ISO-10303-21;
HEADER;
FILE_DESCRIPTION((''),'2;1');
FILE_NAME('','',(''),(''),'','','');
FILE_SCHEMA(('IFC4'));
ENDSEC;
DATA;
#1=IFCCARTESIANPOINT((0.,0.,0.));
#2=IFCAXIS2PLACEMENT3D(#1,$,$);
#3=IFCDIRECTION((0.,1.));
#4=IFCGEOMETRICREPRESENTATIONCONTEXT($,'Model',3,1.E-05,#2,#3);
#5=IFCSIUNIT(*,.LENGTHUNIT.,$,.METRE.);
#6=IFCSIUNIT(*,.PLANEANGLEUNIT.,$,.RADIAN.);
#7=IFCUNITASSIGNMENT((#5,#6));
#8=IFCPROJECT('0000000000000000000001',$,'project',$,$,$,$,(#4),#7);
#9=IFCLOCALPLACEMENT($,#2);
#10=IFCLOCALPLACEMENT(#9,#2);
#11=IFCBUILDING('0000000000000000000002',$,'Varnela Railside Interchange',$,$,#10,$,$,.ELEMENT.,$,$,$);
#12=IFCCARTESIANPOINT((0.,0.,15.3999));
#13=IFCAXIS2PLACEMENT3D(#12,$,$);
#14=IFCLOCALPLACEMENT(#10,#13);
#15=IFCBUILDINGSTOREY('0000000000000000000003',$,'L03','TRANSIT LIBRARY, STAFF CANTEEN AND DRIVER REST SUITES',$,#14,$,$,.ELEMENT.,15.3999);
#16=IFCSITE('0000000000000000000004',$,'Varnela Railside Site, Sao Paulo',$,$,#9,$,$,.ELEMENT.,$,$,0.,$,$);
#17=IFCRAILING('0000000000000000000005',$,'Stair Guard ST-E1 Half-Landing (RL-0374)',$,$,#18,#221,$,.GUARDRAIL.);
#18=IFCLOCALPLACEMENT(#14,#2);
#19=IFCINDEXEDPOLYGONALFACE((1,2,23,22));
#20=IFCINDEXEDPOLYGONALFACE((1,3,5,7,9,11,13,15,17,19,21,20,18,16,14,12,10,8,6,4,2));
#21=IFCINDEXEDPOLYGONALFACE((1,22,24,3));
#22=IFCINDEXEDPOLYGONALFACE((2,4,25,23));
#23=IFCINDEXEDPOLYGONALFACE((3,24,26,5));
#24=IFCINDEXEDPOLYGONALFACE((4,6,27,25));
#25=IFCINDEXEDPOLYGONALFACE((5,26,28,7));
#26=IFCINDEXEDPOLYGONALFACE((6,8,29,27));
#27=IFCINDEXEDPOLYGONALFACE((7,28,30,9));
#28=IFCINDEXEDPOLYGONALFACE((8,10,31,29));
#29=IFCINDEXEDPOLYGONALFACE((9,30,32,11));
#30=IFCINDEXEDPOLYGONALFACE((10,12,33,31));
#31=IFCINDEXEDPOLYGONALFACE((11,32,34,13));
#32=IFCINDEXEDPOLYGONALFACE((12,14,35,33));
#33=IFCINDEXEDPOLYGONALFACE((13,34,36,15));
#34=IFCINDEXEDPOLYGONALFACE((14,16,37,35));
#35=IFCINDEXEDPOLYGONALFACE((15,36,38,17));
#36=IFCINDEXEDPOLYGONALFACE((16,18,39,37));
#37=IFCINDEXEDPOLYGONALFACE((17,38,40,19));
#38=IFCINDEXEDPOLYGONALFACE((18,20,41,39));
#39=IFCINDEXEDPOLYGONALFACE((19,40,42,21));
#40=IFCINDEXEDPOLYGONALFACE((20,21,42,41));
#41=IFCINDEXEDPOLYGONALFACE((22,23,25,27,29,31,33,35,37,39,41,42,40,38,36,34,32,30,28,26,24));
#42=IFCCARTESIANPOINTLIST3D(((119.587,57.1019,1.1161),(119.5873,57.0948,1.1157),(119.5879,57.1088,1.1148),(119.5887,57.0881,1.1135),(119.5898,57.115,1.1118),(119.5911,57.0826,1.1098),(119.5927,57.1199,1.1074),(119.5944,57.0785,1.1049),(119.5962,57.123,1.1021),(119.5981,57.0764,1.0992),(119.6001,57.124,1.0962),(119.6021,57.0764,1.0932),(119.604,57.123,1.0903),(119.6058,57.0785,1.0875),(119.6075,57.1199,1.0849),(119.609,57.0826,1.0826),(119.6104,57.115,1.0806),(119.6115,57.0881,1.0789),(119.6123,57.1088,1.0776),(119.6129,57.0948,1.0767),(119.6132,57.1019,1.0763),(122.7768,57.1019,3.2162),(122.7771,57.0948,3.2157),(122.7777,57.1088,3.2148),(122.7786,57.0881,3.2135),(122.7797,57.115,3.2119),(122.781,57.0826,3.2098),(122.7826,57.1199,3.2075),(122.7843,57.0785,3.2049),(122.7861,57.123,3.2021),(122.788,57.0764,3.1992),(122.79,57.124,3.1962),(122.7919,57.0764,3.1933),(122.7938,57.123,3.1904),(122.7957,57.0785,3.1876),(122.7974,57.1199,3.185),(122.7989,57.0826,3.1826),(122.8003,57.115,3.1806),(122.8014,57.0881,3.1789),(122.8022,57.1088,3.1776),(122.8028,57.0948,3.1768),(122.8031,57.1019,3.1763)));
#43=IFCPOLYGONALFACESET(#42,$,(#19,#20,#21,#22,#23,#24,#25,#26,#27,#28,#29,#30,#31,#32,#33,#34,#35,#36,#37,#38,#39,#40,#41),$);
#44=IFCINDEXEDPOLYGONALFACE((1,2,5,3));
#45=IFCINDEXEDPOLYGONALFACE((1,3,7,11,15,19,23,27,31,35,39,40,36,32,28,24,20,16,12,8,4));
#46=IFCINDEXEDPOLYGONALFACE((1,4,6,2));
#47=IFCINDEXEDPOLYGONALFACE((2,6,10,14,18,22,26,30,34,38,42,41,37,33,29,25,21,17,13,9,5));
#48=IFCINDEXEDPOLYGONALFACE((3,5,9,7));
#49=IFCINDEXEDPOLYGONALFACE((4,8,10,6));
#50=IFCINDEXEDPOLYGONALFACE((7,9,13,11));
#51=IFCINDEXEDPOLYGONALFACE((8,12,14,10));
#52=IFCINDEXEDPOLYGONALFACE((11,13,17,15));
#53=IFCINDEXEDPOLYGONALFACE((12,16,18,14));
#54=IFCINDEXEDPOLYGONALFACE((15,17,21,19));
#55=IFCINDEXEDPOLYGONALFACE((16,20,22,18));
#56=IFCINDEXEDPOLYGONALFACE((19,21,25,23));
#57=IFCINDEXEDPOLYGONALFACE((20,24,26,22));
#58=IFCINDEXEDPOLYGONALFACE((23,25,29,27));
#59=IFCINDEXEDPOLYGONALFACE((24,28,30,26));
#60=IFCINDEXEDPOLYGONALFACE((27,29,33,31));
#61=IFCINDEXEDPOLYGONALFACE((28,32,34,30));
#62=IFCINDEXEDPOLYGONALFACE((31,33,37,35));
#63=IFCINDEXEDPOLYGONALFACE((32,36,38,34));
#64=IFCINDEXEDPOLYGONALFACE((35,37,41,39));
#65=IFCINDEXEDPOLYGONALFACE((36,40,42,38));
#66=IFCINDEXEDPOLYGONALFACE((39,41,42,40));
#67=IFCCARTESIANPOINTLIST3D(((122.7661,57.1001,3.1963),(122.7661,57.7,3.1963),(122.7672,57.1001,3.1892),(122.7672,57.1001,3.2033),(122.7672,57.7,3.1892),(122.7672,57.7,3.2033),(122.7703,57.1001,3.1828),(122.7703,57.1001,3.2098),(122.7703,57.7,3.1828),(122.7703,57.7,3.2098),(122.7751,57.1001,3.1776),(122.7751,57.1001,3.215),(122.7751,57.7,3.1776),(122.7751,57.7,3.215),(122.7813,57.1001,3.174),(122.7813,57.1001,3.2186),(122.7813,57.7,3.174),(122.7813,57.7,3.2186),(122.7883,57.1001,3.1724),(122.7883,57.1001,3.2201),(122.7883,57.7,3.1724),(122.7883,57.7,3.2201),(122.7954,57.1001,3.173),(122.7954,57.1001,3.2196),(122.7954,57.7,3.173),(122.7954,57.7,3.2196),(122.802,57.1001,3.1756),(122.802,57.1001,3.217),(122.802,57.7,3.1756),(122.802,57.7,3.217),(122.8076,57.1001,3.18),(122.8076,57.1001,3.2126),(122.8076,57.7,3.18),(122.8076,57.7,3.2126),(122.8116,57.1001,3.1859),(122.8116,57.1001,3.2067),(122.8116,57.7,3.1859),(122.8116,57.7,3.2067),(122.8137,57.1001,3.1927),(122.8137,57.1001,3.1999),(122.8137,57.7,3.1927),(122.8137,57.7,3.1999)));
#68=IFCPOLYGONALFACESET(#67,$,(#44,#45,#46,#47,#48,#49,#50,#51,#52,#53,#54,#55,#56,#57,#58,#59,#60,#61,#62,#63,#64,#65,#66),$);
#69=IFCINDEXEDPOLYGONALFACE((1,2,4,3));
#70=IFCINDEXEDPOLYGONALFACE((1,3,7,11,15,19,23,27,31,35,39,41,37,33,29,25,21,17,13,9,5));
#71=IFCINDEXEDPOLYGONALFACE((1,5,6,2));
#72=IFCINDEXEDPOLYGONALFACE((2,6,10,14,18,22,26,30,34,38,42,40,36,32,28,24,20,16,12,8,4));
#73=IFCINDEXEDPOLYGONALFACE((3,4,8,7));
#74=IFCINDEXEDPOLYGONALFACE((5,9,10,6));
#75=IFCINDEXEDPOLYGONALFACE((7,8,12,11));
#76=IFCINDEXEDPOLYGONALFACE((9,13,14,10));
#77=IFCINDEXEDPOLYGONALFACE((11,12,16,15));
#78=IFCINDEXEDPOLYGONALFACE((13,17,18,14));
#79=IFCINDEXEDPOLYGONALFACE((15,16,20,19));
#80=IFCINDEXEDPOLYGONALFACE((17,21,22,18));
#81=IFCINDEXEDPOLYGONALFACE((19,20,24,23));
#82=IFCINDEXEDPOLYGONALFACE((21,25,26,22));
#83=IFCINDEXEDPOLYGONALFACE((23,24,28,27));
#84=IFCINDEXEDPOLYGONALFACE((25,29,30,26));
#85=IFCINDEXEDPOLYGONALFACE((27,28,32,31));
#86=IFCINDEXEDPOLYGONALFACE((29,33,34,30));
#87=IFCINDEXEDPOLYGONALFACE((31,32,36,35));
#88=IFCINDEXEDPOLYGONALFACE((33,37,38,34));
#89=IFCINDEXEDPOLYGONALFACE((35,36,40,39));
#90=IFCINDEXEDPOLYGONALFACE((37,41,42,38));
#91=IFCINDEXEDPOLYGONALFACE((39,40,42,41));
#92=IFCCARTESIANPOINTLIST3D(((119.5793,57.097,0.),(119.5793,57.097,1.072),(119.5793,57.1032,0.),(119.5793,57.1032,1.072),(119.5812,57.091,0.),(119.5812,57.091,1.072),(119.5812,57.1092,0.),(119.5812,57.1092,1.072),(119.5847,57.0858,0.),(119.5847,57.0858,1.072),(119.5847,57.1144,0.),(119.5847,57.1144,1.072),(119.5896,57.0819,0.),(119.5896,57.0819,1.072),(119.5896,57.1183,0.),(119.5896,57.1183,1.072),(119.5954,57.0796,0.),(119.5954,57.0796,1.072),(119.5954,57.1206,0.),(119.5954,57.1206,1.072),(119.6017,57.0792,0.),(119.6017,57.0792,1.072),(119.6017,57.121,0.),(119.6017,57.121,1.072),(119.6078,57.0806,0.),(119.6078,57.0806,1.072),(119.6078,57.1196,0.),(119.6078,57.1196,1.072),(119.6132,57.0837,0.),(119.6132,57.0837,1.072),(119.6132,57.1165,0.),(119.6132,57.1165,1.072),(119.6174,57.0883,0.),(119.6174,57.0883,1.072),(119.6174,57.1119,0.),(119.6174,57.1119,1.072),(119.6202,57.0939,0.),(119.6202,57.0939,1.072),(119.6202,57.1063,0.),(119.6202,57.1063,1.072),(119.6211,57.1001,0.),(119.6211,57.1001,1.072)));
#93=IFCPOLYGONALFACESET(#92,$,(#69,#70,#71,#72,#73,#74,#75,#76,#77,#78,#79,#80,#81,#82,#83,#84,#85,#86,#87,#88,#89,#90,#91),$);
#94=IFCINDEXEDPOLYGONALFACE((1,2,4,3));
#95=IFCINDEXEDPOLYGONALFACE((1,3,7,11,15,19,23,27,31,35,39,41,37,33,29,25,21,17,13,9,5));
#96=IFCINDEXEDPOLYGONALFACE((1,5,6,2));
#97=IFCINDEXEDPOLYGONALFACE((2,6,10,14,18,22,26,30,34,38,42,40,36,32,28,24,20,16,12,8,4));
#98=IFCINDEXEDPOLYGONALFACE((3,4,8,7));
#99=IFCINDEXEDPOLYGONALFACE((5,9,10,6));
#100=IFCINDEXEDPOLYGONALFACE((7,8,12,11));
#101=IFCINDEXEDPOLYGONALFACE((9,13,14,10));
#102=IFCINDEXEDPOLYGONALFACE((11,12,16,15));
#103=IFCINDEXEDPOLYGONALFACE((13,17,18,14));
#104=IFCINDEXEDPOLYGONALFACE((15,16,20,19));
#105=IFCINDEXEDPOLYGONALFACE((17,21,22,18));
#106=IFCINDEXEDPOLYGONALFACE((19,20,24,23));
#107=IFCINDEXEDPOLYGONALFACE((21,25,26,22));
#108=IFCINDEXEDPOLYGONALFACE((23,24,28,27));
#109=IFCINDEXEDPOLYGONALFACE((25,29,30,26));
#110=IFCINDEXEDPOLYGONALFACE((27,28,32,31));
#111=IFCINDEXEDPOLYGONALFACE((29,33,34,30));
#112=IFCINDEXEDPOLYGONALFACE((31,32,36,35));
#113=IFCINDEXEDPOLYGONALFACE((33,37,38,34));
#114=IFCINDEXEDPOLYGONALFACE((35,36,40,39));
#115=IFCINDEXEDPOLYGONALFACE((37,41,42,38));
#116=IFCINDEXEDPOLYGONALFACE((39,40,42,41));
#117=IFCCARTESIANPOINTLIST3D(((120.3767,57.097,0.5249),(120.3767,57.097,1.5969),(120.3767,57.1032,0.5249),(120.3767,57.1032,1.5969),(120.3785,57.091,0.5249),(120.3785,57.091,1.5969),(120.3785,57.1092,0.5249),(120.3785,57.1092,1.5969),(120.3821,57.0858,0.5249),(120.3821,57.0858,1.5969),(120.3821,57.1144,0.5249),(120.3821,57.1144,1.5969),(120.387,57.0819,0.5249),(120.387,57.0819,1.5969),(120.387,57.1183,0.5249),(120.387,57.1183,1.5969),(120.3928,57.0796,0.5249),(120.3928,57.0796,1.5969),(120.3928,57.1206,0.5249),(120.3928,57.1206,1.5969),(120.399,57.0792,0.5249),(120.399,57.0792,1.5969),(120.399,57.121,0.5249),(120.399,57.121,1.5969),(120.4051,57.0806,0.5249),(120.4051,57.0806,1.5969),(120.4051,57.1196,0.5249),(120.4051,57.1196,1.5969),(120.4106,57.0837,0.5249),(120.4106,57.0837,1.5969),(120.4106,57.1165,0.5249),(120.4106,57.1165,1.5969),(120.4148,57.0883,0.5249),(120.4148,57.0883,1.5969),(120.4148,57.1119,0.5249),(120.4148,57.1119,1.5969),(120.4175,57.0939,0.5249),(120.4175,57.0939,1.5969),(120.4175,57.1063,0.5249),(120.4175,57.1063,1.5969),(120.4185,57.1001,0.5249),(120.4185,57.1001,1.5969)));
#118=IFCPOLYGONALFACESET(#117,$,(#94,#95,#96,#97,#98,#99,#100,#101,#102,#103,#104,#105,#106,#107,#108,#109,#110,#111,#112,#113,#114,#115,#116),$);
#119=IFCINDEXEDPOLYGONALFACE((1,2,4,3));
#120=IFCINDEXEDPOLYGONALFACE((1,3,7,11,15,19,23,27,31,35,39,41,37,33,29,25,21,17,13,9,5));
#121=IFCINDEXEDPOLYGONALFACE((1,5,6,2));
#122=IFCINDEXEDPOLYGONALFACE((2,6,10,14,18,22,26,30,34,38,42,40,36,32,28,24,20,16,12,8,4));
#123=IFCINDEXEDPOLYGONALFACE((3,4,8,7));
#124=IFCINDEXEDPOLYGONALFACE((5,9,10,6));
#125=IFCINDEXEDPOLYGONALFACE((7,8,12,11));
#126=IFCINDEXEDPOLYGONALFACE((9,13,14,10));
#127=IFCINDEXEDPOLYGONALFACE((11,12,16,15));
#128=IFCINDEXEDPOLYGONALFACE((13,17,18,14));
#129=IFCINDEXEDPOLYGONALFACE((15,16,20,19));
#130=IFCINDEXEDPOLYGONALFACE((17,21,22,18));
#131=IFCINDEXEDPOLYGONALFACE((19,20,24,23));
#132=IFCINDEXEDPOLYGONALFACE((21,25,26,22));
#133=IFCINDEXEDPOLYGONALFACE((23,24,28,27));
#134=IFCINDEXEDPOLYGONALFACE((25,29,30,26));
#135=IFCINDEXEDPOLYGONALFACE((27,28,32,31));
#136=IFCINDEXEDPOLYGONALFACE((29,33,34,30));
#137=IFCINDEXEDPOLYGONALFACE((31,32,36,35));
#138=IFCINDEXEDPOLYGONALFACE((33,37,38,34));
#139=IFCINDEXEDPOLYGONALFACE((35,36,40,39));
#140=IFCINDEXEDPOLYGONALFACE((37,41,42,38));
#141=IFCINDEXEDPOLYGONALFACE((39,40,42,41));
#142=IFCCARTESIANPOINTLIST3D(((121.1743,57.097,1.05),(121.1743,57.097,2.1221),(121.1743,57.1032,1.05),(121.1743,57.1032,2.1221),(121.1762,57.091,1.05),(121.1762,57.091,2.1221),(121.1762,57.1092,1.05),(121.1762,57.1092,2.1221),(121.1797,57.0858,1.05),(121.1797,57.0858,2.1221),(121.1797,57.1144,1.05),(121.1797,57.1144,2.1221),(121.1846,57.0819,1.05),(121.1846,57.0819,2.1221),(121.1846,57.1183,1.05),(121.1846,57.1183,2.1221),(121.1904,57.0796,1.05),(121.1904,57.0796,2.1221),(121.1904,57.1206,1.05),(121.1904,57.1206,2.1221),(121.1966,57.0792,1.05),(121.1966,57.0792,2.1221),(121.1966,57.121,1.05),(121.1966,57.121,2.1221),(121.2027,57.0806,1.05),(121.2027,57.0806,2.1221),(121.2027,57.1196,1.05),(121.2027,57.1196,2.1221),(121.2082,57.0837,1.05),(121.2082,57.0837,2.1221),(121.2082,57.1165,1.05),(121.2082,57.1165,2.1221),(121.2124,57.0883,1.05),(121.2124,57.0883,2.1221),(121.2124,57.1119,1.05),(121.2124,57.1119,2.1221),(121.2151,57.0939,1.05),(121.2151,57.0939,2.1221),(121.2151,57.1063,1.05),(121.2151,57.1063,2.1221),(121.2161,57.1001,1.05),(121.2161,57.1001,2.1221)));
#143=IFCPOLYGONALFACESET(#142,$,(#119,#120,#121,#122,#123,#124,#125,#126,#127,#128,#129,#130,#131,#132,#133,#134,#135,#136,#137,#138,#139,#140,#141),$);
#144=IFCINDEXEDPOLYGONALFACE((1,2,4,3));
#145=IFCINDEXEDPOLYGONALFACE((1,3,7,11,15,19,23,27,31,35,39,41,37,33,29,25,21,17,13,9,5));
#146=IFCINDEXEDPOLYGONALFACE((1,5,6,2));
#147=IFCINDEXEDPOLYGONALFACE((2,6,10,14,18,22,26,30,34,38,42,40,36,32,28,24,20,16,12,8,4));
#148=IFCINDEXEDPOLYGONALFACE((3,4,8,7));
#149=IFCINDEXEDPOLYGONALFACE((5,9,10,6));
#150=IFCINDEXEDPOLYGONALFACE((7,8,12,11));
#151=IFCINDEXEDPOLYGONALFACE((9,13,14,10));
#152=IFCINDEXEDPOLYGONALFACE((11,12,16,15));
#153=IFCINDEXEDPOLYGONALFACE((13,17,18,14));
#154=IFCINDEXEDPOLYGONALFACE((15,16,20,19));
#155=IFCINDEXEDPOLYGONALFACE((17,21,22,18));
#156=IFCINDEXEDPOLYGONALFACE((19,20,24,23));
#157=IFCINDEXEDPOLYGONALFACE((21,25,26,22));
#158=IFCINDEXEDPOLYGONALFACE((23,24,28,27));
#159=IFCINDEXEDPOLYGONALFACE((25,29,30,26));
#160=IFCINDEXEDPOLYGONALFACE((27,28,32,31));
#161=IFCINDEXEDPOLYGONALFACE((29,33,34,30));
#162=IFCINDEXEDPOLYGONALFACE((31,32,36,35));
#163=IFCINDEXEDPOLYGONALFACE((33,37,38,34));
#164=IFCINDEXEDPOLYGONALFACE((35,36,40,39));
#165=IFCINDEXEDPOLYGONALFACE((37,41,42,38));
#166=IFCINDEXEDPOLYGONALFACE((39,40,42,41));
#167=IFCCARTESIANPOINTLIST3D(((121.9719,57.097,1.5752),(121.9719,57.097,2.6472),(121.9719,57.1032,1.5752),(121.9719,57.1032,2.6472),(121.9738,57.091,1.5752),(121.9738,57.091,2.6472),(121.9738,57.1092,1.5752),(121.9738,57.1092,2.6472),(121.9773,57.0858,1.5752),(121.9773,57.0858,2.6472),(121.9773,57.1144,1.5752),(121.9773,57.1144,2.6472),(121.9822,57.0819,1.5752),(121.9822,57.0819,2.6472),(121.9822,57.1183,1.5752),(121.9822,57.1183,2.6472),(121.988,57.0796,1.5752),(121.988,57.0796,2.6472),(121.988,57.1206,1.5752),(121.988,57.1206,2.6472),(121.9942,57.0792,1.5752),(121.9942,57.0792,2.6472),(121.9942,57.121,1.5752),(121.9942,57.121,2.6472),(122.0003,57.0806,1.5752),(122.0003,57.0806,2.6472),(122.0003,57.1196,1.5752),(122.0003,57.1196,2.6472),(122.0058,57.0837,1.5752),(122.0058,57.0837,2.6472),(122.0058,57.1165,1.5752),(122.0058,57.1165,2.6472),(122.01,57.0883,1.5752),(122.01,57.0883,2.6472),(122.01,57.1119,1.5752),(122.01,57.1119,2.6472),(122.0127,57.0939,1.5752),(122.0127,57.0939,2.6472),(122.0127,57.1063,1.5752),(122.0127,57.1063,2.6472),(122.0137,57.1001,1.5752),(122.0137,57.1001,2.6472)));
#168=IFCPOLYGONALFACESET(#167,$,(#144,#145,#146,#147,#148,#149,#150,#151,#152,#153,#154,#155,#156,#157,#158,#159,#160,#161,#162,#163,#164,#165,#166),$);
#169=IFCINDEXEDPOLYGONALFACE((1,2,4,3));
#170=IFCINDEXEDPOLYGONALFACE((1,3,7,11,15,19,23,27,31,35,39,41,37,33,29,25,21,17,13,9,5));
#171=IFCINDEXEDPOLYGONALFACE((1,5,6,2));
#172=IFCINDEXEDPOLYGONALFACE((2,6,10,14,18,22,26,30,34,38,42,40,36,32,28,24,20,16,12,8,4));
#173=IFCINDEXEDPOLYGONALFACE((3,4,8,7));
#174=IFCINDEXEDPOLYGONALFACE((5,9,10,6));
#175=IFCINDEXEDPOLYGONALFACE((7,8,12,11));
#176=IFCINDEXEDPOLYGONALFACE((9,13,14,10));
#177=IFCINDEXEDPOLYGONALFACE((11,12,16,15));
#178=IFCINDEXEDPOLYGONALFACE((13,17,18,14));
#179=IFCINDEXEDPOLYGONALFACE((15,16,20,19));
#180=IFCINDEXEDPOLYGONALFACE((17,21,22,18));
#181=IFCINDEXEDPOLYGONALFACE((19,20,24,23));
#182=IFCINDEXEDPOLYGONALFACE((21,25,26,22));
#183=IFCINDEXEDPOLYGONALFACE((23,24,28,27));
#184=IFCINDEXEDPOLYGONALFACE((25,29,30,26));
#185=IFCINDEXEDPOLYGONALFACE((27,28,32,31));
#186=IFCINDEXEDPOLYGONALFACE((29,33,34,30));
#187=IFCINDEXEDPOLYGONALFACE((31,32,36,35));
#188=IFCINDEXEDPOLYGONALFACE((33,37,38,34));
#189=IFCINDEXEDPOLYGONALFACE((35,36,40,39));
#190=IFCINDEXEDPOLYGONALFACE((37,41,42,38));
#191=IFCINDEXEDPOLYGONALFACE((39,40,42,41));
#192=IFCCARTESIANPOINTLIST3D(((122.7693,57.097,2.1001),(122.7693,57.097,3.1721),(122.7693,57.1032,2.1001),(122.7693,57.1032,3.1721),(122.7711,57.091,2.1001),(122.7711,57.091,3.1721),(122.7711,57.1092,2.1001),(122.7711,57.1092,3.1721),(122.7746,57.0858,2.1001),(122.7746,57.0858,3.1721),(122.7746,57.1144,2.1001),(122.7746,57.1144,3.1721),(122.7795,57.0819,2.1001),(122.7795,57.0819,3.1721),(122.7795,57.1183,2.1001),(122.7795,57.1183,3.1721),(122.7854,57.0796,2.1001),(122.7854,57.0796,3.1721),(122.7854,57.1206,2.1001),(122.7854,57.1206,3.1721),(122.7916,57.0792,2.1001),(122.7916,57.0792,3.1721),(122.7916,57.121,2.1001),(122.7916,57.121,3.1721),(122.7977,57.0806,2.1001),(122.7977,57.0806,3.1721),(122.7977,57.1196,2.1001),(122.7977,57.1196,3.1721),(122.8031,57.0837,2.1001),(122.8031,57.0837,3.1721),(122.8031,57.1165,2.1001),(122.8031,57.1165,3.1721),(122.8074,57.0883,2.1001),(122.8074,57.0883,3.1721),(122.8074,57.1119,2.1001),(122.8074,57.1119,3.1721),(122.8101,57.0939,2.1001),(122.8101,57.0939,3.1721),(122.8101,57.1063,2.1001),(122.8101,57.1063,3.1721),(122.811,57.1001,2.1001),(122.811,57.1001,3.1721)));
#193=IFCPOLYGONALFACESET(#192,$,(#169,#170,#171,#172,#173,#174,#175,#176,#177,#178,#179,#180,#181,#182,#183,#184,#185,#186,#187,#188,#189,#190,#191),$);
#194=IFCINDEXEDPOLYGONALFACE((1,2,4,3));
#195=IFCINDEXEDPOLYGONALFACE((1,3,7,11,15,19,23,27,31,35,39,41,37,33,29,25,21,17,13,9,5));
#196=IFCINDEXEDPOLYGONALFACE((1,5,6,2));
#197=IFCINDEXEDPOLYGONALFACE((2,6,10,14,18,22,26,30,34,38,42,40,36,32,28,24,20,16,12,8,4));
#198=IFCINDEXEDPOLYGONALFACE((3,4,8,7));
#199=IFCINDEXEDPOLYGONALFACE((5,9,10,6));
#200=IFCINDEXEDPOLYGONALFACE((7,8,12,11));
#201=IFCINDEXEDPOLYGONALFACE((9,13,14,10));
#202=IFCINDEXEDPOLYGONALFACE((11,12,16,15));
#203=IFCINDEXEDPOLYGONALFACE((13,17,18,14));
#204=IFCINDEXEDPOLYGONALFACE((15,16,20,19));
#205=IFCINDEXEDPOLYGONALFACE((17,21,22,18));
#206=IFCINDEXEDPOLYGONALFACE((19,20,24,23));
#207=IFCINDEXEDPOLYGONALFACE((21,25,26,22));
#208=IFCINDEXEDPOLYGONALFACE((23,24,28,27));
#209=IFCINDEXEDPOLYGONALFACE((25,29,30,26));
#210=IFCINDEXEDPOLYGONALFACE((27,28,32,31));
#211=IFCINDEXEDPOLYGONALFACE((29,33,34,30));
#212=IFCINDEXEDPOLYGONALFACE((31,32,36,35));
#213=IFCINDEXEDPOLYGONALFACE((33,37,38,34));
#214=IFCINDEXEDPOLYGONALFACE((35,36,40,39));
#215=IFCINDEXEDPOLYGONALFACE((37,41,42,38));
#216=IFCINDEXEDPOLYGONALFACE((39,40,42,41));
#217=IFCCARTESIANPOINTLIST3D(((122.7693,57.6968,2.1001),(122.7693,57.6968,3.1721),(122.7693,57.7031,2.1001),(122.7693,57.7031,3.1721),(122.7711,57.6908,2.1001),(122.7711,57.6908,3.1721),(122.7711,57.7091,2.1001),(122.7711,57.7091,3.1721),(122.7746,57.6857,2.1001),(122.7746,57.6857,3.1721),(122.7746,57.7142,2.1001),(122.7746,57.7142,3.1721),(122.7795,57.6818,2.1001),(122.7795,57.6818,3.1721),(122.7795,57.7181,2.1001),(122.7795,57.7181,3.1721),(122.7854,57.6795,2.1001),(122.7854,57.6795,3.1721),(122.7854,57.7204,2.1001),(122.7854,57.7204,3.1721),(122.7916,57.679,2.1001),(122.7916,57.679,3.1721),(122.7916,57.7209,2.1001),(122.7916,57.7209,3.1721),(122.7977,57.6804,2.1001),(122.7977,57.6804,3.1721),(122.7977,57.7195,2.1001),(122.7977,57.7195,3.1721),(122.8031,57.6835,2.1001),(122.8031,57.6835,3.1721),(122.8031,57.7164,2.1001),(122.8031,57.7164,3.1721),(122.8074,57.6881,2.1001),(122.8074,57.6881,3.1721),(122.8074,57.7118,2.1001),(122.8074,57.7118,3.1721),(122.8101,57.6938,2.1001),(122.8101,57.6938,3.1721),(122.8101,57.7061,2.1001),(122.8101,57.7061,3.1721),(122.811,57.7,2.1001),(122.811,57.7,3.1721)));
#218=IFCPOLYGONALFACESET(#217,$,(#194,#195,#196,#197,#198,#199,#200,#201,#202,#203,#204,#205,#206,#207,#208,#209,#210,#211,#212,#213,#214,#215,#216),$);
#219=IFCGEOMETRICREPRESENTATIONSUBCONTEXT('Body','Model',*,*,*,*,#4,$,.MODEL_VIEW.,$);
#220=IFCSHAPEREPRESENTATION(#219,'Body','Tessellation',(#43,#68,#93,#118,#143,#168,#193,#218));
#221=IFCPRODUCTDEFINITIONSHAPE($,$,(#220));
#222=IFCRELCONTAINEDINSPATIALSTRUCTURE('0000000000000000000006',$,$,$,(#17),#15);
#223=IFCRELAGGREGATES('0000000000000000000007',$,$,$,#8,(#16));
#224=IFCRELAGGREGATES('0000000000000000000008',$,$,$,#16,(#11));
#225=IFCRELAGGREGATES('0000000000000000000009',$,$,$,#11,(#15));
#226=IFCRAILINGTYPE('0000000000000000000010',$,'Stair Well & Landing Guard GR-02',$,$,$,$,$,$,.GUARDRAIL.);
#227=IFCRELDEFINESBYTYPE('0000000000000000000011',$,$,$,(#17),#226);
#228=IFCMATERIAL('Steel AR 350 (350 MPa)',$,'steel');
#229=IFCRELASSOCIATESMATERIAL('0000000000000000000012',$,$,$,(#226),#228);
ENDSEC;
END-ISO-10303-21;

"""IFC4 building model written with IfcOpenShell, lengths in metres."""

from ifc_helpers import new_model, si_unit, direction, frame, origin, origin_2d, place, context, subcontext, project, spatial, circle, extrude, material, type_object, element, save


model = new_model("IFC4")

# Units and contexts
model_context = context("Model", 3, precision=1e-05, world=origin(), true_north=direction((0.0, 1.0)))
body_context = subcontext(model_context, "Body", "Model", "MODEL_VIEW")
ifc_project = project(units=[si_unit("LENGTHUNIT", "METRE"), si_unit("PLANEANGLEUNIT", "RADIAN")], contexts=[model_context])

# Site, building, storey
site_placement = place(None, origin())
site = spatial("IfcSite", under=ifc_project, at=site_placement, Name="Varnela Railside Site, Sao Paulo", CompositionType="ELEMENT", RefElevation=0.0)
building_placement = place(site_placement, origin())
building = spatial("IfcBuilding", under=site, at=building_placement, Name="Varnela Railside Interchange", CompositionType="ELEMENT")
storey_placement = place(building_placement, frame((0.0, 0.0, 15.3999)))
storey = spatial("IfcBuildingStorey", under=building, at=storey_placement, Name="L03", Description="TRANSIT LIBRARY, STAFF CANTEEN AND DRIVER REST SUITES", CompositionType="ELEMENT", Elevation=15.3999)

# Shared definitions
ifc_material_1 = material(Name="Steel AR 350 (350 MPa)", Category="steel")

# Railing
railing_type_1 = type_object("IfcRailingType", Name="Stair Well & Landing Guard GR-02", PredefinedType="GUARDRAIL", material=ifc_material_1)
railing_1_placement = place(storey_placement, frame((119.6001, 57.1001, 0.0)))
element("IfcRailing", 1, at=railing_1_placement, inside=storey, type_object=railing_type_1, Name="Stair Guard ST-E1 Half-Landing (RL-0374)", PredefinedType="GUARDRAIL", context=body_context, shape_type="SweptSolid", body=[
    extrude(circle(Radius=0.0239, at=origin_2d()), frame((0.0, 0.0, 1.0962), z_axis=(0.835242, 0.0, 0.549882), x_axis=(0.0, 1.0, 0.0)), (0.0, 0.0, 1.0), 3.8191),
    extrude(circle(Radius=0.0239, at=origin_2d()), frame((3.1899, 0.0, 3.1963), z_axis=(0.0, 1.0, 0.0), x_axis=(-1.0, 0.0, 0.0)), (0.0, 0.0, 1.0), 0.5999),
    extrude(circle(Radius=0.021, at=origin_2d()), origin(), (0.0, 0.0, 1.0), 1.072),
    extrude(circle(Radius=0.021, at=origin_2d()), frame((0.7974, 0.0, 0.5249)), (0.0, 0.0, 1.0), 1.072),
    extrude(circle(Radius=0.021, at=origin_2d()), frame((1.595, 0.0, 1.05)), (0.0, 0.0, 1.0), 1.072),
    extrude(circle(Radius=0.021, at=origin_2d()), frame((2.3926, 0.0, 1.5752)), (0.0, 0.0, 1.0), 1.072),
    extrude(circle(Radius=0.021, at=origin_2d()), frame((3.1899, 0.0, 2.1001)), (0.0, 0.0, 1.0), 1.072),
    extrude(circle(Radius=0.021, at=origin_2d()), frame((3.1899, 0.5999, 2.1001)), (0.0, 0.0, 1.0), 1.072),
])

save(model, "model.ifc")
